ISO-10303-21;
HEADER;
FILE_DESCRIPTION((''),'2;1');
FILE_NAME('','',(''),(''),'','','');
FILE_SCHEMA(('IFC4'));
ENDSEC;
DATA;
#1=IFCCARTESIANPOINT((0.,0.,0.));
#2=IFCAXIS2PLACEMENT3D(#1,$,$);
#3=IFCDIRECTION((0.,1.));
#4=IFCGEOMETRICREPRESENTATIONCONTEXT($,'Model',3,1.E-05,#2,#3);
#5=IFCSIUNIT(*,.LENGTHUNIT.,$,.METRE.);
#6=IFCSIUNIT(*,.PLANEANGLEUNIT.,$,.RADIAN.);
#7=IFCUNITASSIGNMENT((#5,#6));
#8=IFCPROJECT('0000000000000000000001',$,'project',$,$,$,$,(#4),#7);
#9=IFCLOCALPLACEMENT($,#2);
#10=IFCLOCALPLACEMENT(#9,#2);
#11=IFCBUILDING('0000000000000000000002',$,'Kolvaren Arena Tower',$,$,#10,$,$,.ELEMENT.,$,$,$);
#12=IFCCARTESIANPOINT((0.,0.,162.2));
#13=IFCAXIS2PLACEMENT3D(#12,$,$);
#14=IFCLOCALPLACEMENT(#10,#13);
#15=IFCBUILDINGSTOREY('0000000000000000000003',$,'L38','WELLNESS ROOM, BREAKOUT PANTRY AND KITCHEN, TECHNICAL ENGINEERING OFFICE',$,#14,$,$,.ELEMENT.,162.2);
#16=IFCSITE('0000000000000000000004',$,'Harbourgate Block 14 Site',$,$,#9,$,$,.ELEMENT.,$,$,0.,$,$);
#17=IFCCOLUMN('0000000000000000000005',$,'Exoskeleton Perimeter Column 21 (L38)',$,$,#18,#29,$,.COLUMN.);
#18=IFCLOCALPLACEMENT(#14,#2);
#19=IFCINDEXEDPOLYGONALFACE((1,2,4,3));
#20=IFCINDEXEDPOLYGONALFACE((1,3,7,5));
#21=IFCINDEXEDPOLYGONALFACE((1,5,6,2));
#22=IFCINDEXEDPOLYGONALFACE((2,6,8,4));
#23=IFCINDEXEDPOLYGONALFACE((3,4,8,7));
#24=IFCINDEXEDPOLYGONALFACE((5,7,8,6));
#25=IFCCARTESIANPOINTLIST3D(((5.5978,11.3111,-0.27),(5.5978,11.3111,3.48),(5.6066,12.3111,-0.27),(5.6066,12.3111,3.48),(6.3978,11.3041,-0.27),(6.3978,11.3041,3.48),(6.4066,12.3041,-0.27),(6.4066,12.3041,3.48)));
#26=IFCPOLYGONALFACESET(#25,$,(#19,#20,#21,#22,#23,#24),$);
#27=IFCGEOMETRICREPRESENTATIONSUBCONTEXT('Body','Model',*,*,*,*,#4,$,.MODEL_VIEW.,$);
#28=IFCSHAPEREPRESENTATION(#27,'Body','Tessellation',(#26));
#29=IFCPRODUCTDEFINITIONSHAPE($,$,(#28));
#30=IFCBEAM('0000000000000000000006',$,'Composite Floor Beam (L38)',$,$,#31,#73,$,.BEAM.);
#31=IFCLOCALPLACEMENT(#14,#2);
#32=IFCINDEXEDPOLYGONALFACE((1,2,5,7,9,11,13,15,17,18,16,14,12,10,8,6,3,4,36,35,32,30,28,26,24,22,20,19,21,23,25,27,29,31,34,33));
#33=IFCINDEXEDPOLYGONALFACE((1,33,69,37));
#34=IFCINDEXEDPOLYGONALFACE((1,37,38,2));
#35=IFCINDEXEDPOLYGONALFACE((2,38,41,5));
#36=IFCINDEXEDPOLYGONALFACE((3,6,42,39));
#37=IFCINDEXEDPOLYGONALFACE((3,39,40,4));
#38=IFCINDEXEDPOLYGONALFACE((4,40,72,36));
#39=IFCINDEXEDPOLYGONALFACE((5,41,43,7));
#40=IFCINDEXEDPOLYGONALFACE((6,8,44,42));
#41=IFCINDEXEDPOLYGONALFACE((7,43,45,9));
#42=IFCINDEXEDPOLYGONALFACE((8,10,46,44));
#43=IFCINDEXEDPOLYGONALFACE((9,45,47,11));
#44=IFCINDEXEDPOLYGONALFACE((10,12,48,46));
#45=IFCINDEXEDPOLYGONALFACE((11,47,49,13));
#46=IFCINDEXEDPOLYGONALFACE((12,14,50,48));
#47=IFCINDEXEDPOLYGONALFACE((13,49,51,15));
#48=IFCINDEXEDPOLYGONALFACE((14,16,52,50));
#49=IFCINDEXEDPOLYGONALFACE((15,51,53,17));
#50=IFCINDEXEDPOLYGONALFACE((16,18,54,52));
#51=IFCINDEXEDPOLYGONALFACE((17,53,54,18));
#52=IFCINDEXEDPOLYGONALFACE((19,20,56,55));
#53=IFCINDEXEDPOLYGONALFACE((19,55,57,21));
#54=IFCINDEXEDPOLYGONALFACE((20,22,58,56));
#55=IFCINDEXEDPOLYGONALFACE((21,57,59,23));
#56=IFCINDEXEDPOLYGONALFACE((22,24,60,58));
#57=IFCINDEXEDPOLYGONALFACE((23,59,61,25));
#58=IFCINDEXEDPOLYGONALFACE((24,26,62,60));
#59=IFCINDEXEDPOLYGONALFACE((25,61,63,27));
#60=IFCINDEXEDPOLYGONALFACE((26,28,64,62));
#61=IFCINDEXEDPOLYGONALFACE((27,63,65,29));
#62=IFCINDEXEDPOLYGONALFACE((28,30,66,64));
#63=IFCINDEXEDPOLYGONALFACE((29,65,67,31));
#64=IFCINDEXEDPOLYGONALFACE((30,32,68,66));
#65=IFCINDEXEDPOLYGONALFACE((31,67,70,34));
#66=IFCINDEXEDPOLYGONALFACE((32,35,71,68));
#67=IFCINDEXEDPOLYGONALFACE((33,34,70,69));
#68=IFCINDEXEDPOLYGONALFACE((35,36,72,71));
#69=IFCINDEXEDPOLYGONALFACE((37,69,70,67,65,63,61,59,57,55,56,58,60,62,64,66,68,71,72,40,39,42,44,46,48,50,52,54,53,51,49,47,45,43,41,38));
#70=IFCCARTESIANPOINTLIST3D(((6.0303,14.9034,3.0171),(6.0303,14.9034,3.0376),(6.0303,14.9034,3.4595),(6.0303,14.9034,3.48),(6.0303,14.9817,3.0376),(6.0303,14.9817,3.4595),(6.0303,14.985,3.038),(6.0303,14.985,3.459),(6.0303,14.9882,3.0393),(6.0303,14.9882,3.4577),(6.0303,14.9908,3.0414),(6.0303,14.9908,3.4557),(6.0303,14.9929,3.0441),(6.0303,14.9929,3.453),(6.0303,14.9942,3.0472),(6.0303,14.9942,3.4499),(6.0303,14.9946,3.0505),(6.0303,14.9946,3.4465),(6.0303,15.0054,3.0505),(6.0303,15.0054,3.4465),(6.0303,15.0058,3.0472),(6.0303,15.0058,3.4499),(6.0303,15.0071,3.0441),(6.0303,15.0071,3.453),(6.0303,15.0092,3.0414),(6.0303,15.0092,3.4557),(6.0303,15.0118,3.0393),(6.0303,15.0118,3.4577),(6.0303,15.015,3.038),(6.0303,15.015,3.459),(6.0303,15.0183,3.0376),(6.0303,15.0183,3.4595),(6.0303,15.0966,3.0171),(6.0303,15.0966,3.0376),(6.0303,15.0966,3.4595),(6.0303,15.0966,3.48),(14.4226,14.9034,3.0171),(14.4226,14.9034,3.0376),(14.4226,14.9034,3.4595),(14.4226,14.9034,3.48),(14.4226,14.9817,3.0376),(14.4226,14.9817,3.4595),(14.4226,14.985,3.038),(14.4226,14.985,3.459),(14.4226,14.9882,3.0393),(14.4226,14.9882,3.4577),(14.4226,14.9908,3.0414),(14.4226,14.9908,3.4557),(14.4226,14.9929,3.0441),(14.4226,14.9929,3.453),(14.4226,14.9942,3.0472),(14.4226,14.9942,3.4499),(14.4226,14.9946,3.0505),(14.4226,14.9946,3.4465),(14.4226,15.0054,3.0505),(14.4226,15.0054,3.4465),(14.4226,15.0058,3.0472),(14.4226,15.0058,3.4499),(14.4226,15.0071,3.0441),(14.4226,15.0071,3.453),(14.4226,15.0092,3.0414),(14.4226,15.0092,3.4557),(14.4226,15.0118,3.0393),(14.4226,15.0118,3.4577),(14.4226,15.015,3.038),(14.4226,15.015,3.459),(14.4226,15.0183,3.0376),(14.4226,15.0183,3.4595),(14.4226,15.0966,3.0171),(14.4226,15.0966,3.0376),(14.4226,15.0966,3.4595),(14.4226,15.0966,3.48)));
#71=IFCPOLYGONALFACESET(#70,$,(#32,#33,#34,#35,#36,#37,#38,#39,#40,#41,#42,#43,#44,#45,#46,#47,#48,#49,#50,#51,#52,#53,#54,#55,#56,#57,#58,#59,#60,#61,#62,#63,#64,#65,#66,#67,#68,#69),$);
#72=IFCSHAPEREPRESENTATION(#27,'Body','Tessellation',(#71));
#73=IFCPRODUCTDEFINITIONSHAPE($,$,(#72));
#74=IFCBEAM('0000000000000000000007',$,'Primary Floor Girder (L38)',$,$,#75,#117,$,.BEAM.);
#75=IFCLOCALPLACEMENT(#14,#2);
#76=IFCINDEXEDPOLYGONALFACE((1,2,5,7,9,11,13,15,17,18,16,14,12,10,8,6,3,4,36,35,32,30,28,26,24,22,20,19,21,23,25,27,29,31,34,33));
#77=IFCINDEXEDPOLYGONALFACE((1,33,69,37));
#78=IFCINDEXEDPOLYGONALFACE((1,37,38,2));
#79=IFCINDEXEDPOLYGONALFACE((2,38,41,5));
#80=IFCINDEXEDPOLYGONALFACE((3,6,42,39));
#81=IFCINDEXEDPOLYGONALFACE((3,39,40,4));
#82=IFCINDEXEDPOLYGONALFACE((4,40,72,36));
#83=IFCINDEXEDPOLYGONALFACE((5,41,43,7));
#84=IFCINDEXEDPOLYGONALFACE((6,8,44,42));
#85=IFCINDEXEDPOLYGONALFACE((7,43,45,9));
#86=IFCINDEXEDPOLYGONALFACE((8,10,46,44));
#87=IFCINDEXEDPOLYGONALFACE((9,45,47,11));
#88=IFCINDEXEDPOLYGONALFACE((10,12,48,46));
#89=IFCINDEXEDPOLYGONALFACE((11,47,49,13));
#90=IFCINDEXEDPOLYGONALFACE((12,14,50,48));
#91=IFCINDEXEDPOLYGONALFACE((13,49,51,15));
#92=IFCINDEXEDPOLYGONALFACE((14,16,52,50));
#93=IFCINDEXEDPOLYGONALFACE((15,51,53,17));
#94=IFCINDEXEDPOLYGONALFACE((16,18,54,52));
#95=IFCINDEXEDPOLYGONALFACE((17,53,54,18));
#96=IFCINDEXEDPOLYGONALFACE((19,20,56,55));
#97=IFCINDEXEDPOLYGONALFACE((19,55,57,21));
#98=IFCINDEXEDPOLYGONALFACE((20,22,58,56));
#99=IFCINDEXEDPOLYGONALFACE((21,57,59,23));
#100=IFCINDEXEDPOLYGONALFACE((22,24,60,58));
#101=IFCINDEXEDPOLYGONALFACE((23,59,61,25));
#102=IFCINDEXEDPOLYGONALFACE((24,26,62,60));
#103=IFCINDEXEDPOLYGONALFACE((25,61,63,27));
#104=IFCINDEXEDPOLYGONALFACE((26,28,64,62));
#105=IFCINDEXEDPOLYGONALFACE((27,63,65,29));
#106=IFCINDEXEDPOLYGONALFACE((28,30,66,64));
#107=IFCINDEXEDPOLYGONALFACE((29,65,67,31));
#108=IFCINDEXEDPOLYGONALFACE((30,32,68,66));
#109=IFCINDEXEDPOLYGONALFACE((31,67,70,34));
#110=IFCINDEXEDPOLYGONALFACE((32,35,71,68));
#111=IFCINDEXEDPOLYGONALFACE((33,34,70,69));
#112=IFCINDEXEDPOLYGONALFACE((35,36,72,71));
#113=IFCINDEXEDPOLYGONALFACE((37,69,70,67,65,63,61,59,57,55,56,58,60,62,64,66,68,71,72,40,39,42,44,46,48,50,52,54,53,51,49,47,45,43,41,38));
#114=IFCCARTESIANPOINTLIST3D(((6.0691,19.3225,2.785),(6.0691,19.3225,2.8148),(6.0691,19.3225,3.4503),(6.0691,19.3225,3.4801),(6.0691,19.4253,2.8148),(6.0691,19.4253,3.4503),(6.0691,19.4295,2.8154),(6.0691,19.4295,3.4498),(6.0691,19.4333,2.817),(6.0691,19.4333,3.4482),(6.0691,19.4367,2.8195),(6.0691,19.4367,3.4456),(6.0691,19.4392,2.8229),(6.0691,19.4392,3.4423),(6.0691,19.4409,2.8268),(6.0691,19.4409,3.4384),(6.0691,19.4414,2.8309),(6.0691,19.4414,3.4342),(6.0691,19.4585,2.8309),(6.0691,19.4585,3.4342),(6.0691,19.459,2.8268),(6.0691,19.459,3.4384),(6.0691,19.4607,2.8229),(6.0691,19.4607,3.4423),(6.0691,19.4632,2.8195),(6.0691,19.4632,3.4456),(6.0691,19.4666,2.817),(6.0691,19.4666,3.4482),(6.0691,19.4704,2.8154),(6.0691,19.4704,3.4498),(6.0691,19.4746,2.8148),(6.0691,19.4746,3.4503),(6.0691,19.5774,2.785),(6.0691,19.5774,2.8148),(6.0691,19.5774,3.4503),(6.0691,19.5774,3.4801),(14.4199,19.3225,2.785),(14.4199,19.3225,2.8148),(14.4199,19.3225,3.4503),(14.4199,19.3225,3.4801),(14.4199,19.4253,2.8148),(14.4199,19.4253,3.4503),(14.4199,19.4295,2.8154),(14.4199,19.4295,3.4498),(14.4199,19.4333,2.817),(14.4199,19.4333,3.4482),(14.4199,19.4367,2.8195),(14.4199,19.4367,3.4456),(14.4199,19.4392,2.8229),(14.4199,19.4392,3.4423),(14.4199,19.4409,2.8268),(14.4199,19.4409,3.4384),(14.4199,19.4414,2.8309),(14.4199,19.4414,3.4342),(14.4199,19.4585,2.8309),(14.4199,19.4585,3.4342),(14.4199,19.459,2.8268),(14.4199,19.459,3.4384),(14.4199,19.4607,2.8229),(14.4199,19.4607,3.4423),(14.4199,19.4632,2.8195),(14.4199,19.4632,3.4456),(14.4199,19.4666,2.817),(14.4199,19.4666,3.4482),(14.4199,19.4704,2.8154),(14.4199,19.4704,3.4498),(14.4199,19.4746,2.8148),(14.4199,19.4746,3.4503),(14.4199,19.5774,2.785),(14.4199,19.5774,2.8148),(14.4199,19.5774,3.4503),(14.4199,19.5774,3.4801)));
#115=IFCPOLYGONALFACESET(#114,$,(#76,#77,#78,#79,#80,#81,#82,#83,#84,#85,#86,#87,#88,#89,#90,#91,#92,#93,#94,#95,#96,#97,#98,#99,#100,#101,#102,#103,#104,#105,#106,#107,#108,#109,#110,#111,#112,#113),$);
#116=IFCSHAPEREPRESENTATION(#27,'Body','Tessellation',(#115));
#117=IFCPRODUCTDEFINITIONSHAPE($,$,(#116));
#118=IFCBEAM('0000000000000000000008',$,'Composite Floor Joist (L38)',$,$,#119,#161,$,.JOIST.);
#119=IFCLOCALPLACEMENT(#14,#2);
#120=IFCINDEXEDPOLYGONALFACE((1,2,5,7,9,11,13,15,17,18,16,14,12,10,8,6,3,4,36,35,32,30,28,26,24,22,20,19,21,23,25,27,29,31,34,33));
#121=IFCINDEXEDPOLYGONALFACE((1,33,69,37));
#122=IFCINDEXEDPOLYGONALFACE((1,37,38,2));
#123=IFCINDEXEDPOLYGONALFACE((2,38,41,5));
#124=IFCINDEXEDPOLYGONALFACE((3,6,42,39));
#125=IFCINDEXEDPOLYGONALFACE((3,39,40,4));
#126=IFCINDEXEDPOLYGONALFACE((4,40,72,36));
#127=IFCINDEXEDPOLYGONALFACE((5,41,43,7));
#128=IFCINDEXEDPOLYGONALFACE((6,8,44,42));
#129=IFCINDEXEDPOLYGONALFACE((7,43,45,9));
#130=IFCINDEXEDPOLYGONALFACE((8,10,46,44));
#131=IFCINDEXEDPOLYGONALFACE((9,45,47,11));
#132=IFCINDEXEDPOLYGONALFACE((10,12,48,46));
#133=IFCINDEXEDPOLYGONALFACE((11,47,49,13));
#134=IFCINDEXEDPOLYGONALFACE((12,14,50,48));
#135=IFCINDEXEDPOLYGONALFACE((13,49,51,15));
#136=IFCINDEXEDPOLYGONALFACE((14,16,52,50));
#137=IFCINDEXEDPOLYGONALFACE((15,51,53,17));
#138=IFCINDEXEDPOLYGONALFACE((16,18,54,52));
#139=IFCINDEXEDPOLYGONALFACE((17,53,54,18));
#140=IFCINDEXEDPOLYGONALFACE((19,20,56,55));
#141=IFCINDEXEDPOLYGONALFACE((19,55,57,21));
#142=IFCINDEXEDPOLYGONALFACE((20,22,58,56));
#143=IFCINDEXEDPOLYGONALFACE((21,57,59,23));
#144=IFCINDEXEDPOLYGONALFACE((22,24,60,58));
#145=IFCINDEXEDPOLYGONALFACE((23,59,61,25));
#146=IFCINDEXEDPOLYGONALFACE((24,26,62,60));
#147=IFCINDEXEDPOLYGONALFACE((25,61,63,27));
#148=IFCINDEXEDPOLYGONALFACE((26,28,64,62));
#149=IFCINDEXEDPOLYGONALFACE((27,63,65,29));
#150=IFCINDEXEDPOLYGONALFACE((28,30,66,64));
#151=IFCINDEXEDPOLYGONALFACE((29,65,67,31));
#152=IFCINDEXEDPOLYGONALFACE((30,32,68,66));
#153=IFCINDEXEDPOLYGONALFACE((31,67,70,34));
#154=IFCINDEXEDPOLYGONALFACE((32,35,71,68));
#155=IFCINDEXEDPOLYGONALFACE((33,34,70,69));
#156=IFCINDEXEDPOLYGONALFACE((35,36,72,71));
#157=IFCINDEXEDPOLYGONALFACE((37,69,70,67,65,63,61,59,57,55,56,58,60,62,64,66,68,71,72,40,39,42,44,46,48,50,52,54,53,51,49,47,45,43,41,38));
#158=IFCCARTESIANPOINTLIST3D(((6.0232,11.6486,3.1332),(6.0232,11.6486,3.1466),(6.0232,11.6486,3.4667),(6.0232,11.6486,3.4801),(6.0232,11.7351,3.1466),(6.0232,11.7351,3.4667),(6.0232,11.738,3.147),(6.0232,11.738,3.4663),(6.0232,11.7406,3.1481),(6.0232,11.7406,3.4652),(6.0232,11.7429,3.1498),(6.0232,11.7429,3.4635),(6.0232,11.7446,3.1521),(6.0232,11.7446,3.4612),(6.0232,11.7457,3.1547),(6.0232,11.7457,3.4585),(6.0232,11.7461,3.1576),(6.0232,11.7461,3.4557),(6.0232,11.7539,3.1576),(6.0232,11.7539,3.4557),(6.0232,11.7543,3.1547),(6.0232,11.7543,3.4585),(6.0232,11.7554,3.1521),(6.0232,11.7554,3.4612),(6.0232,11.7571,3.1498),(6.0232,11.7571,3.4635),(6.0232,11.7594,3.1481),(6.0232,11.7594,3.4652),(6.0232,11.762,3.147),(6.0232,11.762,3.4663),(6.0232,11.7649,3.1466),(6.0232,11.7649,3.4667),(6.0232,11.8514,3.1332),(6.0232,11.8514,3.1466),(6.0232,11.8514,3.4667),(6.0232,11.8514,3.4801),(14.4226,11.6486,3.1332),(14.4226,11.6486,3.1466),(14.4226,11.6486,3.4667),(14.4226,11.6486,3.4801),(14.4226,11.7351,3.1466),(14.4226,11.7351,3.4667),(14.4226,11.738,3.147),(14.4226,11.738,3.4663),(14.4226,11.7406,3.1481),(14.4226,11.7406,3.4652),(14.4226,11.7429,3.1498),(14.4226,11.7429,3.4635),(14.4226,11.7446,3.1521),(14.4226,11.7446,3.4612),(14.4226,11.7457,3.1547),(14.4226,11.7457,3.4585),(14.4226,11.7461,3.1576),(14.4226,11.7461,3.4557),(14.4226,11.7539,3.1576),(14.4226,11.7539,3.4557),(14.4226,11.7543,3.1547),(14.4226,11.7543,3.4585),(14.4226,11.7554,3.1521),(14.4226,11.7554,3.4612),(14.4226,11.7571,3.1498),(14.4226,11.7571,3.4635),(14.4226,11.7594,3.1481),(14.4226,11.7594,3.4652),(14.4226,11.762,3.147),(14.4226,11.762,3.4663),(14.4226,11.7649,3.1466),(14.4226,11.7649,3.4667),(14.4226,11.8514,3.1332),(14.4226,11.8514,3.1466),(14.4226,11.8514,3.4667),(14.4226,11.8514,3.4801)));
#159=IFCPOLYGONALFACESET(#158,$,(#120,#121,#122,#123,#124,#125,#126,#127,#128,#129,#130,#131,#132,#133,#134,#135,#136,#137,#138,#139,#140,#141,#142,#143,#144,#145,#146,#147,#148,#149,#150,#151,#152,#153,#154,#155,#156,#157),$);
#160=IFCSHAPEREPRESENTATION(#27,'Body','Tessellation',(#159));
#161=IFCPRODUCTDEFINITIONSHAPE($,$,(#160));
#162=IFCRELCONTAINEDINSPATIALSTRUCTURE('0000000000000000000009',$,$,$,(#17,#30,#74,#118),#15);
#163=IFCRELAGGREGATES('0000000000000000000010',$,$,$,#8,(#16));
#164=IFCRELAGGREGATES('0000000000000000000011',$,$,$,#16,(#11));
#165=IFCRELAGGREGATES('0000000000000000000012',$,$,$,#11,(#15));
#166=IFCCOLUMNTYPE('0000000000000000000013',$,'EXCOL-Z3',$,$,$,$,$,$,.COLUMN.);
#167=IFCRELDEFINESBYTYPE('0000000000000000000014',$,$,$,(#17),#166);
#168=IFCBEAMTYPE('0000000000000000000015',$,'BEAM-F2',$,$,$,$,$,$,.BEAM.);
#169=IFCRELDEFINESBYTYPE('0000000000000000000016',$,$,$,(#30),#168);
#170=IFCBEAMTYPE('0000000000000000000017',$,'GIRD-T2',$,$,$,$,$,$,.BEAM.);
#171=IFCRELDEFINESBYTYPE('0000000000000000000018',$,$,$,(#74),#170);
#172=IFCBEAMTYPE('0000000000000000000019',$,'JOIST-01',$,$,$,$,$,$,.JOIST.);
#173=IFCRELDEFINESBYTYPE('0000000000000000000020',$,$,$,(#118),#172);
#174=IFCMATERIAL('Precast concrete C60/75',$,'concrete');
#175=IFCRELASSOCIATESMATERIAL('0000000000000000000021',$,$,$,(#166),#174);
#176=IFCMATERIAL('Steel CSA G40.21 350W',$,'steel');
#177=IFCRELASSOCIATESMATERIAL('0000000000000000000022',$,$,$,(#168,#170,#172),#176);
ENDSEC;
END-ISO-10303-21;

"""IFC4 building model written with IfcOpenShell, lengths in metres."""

from ifc_helpers import new_model, si_unit, direction, frame, origin, origin_2d, place, context, subcontext, project, spatial, rectangle, i_section, extrude, material, material_profile, profile_set, type_object, element, save


model = new_model("IFC4")

# Units and contexts
model_context = context("Model", 3, precision=1e-05, world=origin(), true_north=direction((0.0, 1.0)))
body_context = subcontext(model_context, "Body", "Model", "MODEL_VIEW")
ifc_project = project(units=[si_unit("LENGTHUNIT", "METRE"), si_unit("PLANEANGLEUNIT", "RADIAN")], contexts=[model_context])

# Site, building, storey
site_placement = place(None, origin())
site = spatial("IfcSite", under=ifc_project, at=site_placement, Name="Harbourgate Block 14 Site", CompositionType="ELEMENT", RefElevation=0.0)
building_placement = place(site_placement, origin())
building = spatial("IfcBuilding", under=site, at=building_placement, Name="Kolvaren Arena Tower", CompositionType="ELEMENT")
storey_placement = place(building_placement, frame((0.0, 0.0, 162.2)))
storey = spatial("IfcBuildingStorey", under=building, at=storey_placement, Name="L38", Description="WELLNESS ROOM, BREAKOUT PANTRY AND KITCHEN, TECHNICAL ENGINEERING OFFICE", CompositionType="ELEMENT", Elevation=162.2)

# Column
ifc_material_1 = material(Name="Precast concrete C60/75", Category="concrete")
ifc_material_profile_1 = material_profile(ifc_material_1, rectangle(XDim=1.0, YDim=0.8, at=origin_2d()), Name="RC-1000x800")
ifc_profile_set_1 = profile_set([ifc_material_profile_1], Name="Precast concrete C60/75")
column_type = type_object("IfcColumnType", Name="EXCOL-Z3", PredefinedType="COLUMN", material=ifc_profile_set_1)
column_placement = place(storey_placement, frame((6.0022, 11.8076, -0.27), z_axis=(0.0, 0.0, 1.0), x_axis=(0.008727, 0.999962, 0.0)))
element("IfcColumn", 1, at=column_placement, inside=storey, type_object=column_type, Name="Exoskeleton Perimeter Column 21 (L38)", PredefinedType="COLUMN", context=body_context, shape_type="SweptSolid", body=[
    extrude(rectangle(XDim=1.0, YDim=0.8, at=origin_2d()), origin(), (0.0, 0.0, 1.0), 3.75),
])

# Beams
ifc_material_2 = material(Name="Steel CSA G40.21 350W", Category="steel")
ifc_material_profile_2 = material_profile(ifc_material_2, i_section(OverallWidth=0.1931, OverallDepth=0.4629, WebThickness=0.0107, FlangeThickness=0.0205, FilletRadius=0.0129, at=origin_2d()), Name="W460x113")
ifc_profile_set_2 = profile_set([ifc_material_profile_2], Name="Steel CSA G40.21 350W")
beam_type_1 = type_object("IfcBeamType", Name="BEAM-F2", PredefinedType="BEAM", material=ifc_profile_set_2)
beam_1_placement = place(storey_placement, frame((6.0303, 15.0, 3.2485), z_axis=(1.0, 0.0, 0.0), x_axis=(0.0, 1.0, 0.0)))
element("IfcBeam", 2, at=beam_1_placement, inside=storey, type_object=beam_type_1, Name="Composite Floor Beam (L38)", PredefinedType="BEAM", context=body_context, shape_type="SweptSolid", body=[
    extrude(i_section(OverallWidth=0.1931, OverallDepth=0.4629, WebThickness=0.0107, FlangeThickness=0.0205, FilletRadius=0.0129, at=origin_2d()), origin(), (0.0, 0.0, 1.0), 8.3923),
])
ifc_material_profile_3 = material_profile(ifc_material_2, i_section(OverallWidth=0.2549, OverallDepth=0.6951, WebThickness=0.0171, FlangeThickness=0.0298, FilletRadius=0.0161, at=origin_2d()), Name="W690x217")
ifc_profile_set_3 = profile_set([ifc_material_profile_3], Name="Steel CSA G40.21 350W")
beam_type_2 = type_object("IfcBeamType", Name="GIRD-T2", PredefinedType="BEAM", material=ifc_profile_set_3)
beam_2_placement = place(storey_placement, frame((6.0691, 19.45, 3.1326), z_axis=(1.0, 0.0, 0.0), x_axis=(0.0, 1.0, 0.0)))
element("IfcBeam", 3, at=beam_2_placement, inside=storey, type_object=beam_type_2, Name="Primary Floor Girder (L38)", PredefinedType="BEAM", context=body_context, shape_type="SweptSolid", body=[
    extrude(i_section(OverallWidth=0.2549, OverallDepth=0.6951, WebThickness=0.0171, FlangeThickness=0.0298, FilletRadius=0.0161, at=origin_2d()), origin(), (0.0, 0.0, 1.0), 8.3508),
])
ifc_material_profile_4 = material_profile(ifc_material_2, i_section(OverallWidth=0.2029, OverallDepth=0.3469, WebThickness=0.0078, FlangeThickness=0.0134, FilletRadius=0.011, at=origin_2d()), Name="W360x64")
ifc_profile_set_4 = profile_set([ifc_material_profile_4], Name="Steel CSA G40.21 350W")
beam_type_3 = type_object("IfcBeamType", Name="JOIST-01", PredefinedType="JOIST", material=ifc_profile_set_4)
beam_3_placement = place(storey_placement, frame((6.0232, 11.75, 3.3066), z_axis=(1.0, 0.0, 0.0), x_axis=(0.0, 1.0, 0.0)))
element("IfcBeam", 4, at=beam_3_placement, inside=storey, type_object=beam_type_3, Name="Composite Floor Joist (L38)", PredefinedType="JOIST", context=body_context, shape_type="SweptSolid", body=[
    extrude(i_section(OverallWidth=0.2029, OverallDepth=0.3469, WebThickness=0.0078, FlangeThickness=0.0134, FilletRadius=0.011, at=origin_2d()), origin(), (0.0, 0.0, 1.0), 8.3994),
])

save(model, "model.ifc")
